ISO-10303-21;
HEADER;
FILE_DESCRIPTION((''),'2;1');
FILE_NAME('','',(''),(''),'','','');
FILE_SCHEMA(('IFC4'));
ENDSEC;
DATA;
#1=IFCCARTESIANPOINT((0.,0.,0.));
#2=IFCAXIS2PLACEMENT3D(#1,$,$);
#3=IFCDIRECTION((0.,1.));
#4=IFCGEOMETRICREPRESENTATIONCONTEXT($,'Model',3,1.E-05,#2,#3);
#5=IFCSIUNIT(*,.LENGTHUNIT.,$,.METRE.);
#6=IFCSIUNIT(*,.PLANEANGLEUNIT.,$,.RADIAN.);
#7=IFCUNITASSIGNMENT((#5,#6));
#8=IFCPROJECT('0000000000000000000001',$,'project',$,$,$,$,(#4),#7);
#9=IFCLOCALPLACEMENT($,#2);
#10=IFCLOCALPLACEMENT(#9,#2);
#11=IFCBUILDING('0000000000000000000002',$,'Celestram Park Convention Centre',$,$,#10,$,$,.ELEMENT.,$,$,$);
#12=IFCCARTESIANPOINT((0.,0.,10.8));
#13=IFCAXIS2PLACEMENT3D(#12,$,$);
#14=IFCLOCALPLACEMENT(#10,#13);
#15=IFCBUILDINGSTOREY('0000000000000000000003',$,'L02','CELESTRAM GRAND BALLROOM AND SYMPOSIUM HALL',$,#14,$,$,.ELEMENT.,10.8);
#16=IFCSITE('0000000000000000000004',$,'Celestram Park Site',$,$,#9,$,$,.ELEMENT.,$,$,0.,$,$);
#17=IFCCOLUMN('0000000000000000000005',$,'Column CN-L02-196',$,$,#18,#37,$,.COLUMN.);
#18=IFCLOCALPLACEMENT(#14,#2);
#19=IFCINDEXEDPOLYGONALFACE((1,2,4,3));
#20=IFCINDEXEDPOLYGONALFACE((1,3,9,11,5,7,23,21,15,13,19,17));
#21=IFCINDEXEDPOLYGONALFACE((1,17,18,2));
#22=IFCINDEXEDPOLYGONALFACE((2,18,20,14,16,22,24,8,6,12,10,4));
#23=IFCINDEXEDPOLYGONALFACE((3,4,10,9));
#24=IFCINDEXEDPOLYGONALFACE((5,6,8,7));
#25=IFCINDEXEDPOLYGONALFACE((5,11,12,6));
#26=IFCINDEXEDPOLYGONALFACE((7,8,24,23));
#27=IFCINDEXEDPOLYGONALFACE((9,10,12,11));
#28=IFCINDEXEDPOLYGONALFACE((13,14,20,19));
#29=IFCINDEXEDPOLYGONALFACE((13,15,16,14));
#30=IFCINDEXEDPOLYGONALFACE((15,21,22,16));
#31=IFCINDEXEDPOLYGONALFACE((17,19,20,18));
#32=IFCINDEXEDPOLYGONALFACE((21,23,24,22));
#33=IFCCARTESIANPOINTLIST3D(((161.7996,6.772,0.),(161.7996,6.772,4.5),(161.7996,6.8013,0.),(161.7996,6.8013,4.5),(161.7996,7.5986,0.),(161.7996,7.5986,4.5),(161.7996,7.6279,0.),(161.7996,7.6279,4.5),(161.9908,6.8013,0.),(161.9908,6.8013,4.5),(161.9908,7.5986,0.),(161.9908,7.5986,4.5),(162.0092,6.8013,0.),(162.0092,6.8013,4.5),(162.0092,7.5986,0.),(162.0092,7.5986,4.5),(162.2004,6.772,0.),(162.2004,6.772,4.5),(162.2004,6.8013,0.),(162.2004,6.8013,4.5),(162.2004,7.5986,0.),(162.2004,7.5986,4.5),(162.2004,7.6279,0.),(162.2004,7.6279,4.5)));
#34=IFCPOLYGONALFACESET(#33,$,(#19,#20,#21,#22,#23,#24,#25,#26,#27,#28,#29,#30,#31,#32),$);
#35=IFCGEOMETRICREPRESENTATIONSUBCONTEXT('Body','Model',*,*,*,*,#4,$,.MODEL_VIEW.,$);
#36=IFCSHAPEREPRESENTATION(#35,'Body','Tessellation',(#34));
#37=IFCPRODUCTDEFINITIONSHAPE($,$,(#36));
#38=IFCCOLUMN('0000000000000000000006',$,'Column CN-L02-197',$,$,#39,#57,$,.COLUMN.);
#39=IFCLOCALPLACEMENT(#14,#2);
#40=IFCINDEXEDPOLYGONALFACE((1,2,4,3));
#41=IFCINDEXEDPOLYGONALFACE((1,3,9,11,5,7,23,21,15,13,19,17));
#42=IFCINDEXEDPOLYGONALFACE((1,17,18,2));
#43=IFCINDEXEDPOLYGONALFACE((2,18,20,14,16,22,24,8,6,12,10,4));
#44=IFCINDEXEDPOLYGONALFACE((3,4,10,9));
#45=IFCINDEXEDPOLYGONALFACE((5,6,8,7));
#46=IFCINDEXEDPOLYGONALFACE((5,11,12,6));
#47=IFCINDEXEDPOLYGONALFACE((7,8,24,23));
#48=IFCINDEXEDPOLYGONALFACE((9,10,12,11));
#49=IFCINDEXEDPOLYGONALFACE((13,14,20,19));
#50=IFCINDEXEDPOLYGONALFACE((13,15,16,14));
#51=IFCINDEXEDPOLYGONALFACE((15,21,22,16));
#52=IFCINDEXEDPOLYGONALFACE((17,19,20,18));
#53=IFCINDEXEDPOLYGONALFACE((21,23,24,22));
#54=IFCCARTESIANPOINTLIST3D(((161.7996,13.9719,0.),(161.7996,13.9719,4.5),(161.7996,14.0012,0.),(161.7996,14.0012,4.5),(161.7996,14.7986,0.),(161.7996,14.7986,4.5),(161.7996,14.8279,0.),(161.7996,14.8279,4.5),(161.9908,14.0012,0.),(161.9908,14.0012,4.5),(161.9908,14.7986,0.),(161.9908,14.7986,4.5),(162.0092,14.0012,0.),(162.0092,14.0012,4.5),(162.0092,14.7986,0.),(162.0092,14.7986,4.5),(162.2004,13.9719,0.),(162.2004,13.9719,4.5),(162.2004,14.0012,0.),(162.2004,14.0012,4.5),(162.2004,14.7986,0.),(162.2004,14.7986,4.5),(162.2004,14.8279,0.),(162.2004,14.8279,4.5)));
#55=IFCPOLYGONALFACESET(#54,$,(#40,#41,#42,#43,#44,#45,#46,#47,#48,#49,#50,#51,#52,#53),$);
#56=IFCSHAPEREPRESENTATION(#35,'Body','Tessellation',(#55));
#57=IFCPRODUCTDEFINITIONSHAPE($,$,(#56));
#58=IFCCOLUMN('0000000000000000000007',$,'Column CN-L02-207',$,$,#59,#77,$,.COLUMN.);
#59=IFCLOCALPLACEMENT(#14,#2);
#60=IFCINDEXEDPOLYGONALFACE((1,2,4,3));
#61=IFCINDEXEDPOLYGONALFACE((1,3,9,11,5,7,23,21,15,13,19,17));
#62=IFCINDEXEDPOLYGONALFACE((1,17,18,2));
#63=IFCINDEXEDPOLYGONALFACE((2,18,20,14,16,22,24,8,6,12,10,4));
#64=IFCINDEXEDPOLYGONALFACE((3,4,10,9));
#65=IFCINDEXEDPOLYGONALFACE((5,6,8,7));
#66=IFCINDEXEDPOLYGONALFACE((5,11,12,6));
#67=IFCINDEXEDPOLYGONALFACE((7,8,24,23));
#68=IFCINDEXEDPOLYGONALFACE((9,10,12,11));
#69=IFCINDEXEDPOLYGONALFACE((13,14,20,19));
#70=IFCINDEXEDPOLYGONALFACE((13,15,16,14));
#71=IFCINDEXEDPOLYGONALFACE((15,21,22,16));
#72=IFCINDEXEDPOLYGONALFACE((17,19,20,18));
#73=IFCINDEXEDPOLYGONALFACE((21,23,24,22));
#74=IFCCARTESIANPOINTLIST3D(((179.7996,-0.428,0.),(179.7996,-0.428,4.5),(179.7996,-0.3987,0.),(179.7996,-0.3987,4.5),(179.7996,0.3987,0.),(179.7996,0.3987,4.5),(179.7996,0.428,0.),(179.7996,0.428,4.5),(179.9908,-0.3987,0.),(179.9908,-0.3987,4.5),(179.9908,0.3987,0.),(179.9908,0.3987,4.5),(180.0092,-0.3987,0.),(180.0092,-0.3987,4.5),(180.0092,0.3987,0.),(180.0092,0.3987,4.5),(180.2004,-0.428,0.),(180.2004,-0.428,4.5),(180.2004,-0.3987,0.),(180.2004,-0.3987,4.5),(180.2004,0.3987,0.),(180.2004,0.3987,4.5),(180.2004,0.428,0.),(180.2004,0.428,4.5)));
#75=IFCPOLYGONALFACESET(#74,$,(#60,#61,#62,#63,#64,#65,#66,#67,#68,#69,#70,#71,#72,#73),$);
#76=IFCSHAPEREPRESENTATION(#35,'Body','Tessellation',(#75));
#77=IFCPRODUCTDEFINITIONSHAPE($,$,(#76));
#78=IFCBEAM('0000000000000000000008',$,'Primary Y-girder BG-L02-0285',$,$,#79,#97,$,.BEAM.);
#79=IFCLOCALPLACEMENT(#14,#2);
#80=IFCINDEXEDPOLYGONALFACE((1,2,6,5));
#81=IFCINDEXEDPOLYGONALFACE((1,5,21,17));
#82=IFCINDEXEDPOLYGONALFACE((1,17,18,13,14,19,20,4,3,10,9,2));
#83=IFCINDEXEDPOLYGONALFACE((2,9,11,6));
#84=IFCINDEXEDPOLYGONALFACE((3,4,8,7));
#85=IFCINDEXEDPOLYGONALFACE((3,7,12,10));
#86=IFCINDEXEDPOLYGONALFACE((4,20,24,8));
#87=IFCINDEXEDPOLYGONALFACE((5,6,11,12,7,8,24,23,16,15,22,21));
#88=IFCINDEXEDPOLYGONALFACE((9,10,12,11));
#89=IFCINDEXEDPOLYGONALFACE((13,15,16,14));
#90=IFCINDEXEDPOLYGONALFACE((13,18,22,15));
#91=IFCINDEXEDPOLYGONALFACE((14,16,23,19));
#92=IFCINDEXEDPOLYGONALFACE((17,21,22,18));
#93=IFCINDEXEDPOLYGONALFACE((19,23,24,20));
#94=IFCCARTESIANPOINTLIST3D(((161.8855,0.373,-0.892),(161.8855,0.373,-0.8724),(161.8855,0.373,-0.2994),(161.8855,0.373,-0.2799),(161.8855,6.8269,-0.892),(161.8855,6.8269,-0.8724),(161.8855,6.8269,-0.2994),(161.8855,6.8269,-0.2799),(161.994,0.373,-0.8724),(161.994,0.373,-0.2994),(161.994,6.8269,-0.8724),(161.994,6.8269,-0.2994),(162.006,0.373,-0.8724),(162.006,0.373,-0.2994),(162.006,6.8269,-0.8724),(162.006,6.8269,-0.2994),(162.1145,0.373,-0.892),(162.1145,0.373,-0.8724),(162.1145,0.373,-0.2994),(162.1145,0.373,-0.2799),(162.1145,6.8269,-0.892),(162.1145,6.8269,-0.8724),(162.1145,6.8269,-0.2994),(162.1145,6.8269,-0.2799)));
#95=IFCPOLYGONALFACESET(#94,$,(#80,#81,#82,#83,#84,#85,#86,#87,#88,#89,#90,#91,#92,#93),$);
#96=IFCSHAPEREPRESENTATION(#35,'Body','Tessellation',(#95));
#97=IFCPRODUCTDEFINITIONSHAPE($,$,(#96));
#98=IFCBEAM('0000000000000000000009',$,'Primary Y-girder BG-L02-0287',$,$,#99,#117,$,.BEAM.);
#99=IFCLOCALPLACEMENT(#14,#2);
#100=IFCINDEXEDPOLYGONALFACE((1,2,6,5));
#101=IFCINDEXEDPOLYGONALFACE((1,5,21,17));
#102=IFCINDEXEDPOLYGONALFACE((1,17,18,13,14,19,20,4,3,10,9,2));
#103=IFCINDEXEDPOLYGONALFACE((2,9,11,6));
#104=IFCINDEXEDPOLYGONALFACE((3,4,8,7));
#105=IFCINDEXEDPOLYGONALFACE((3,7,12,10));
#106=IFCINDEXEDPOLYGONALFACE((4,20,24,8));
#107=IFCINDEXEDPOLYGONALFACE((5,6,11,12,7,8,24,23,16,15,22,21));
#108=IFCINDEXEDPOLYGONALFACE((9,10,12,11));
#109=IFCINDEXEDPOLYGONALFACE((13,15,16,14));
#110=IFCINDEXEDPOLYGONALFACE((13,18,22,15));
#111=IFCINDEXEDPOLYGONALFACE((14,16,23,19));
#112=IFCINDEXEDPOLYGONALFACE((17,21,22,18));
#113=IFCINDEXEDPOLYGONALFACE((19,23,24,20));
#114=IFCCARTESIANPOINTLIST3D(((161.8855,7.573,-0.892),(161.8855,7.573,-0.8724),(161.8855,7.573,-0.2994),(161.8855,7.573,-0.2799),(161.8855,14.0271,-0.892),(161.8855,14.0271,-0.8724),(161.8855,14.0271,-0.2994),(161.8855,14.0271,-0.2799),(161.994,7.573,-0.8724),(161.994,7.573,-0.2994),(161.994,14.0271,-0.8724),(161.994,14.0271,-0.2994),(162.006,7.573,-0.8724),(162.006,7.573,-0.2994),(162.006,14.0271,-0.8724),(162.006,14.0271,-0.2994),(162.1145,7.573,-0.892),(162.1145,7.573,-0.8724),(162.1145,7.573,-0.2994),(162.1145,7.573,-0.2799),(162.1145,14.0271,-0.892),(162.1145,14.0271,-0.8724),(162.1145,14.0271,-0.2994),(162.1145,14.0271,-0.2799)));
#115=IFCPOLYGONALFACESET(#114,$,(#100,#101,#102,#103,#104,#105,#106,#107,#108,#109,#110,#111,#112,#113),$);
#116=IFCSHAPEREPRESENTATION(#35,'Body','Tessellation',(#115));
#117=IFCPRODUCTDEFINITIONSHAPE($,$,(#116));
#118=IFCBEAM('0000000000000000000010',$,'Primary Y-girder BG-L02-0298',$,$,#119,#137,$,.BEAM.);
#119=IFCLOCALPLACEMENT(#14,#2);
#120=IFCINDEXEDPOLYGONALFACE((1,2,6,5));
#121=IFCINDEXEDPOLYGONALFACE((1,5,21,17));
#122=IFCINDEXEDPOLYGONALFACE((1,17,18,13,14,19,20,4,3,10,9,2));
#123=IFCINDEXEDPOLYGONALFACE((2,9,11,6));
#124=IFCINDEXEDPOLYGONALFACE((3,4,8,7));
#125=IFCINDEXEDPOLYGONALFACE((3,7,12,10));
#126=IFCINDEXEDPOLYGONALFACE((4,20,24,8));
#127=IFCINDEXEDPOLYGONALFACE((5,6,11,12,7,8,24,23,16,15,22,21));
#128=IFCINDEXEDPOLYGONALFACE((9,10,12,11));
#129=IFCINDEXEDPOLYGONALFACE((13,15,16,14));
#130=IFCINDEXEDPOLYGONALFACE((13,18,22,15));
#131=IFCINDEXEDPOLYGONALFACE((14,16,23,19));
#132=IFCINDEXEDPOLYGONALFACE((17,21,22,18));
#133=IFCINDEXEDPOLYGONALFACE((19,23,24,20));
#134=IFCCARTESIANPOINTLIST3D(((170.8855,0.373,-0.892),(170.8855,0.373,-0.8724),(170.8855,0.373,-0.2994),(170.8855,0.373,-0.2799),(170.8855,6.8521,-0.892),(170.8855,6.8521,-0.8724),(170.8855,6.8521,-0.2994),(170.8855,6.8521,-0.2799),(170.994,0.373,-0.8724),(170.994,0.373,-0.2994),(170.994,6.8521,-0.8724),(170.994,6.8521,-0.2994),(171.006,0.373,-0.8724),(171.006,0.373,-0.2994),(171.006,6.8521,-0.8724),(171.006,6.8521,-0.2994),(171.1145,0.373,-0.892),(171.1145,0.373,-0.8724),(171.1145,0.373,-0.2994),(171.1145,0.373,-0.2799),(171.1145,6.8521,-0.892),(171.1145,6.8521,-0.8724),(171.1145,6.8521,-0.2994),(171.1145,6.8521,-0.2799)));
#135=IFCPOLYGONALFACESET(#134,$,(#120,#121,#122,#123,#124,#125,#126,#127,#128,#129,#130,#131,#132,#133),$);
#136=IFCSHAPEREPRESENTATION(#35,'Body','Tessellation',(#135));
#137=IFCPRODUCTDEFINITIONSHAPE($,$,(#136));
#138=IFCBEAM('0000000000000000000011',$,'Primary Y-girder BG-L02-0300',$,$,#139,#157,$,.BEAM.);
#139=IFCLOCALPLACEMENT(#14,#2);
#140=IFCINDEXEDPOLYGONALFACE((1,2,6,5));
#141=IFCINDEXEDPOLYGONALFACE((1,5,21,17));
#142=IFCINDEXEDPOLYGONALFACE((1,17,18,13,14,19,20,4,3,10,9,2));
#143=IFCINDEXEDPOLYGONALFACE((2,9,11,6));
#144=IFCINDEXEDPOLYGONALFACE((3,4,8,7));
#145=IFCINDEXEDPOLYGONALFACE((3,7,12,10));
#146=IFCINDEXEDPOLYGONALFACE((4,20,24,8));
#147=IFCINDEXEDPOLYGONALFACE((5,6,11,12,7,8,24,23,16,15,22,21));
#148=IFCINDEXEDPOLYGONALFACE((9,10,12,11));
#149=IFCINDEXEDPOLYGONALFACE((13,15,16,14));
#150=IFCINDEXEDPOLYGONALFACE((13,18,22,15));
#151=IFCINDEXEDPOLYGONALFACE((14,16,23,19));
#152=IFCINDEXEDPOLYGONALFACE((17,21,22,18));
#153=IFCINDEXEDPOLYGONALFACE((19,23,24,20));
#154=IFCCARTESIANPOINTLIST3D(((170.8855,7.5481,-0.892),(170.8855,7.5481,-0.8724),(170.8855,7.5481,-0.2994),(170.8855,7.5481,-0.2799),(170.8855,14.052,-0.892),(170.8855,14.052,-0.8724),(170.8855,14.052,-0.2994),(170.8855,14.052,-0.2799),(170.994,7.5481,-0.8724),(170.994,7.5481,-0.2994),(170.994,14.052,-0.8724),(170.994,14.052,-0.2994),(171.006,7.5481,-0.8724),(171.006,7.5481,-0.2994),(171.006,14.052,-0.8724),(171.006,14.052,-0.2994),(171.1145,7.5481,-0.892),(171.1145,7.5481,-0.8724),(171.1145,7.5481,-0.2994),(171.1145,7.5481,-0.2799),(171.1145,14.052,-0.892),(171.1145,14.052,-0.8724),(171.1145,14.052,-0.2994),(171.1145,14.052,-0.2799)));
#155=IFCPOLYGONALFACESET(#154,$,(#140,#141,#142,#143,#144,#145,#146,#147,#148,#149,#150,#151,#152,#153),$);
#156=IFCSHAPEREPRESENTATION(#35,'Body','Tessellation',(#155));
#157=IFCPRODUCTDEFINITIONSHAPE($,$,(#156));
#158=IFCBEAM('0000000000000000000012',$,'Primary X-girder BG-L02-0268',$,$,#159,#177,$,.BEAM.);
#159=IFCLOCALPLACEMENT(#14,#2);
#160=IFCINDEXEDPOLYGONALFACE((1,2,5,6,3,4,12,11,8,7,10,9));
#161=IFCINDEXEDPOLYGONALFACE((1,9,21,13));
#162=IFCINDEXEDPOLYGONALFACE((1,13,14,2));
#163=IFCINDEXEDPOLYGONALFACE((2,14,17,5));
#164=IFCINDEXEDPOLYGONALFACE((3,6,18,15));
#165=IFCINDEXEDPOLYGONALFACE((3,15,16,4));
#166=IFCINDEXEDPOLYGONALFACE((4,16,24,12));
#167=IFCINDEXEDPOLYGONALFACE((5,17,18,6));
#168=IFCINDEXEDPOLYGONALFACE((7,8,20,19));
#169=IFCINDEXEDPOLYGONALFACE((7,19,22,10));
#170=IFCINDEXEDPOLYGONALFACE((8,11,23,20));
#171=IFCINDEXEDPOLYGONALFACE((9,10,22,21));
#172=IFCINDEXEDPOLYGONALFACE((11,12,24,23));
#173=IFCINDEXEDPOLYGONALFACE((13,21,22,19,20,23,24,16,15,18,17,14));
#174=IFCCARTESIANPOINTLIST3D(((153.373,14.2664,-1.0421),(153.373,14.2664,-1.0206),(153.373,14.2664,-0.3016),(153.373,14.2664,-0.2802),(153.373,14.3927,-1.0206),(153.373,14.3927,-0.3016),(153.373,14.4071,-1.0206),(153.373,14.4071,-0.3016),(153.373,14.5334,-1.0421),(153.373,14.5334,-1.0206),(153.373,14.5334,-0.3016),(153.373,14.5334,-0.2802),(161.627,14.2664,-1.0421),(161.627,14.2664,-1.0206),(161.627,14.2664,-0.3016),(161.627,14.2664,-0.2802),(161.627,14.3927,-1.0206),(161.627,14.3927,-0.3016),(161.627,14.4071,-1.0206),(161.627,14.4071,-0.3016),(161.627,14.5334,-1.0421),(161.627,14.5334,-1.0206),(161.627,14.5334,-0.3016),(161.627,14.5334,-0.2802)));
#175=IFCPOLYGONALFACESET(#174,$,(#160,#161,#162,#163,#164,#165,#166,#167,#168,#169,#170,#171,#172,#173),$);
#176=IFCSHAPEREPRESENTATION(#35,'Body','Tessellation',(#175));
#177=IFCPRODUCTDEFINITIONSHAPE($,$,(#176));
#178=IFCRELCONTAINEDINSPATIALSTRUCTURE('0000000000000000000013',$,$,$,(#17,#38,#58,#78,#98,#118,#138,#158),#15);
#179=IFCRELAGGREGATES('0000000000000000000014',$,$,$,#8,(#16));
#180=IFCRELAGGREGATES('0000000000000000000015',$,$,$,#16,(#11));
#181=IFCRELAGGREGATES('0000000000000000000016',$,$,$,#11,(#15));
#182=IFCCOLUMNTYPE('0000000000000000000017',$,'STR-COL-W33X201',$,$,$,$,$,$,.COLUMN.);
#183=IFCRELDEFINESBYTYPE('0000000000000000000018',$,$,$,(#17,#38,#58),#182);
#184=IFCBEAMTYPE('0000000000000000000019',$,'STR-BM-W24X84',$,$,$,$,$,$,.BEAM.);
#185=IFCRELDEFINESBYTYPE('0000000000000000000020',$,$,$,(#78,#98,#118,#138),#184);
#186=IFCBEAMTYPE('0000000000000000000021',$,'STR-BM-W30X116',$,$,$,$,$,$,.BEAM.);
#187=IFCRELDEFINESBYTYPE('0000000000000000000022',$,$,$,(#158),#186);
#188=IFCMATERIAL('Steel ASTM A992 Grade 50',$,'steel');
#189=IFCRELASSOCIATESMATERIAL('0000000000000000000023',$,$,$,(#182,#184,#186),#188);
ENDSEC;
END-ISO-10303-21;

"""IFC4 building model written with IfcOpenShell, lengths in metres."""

from ifc_helpers import new_model, si_unit, direction, frame, origin, origin_2d, place, context, subcontext, project, spatial, i_section, extrude, material, material_profile, profile_set, type_object, element, save


model = new_model("IFC4")

# Units and contexts
model_context = context("Model", 3, precision=1e-05, world=origin(), true_north=direction((0.0, 1.0)))
body_context = subcontext(model_context, "Body", "Model", "MODEL_VIEW")
ifc_project = project(units=[si_unit("LENGTHUNIT", "METRE"), si_unit("PLANEANGLEUNIT", "RADIAN")], contexts=[model_context])

# Site, building, storey
site_placement = place(None, origin())
site = spatial("IfcSite", under=ifc_project, at=site_placement, Name="Celestram Park Site", CompositionType="ELEMENT", RefElevation=0.0)
building_placement = place(site_placement, origin())
building = spatial("IfcBuilding", under=site, at=building_placement, Name="Celestram Park Convention Centre", CompositionType="ELEMENT")
storey_placement = place(building_placement, frame((0.0, 0.0, 10.8)))
storey = spatial("IfcBuildingStorey", under=building, at=storey_placement, Name="L02", Description="CELESTRAM GRAND BALLROOM AND SYMPOSIUM HALL", CompositionType="ELEMENT", Elevation=10.8)

# Columns
ifc_material_1 = material(Name="Steel ASTM A992 Grade 50", Category="steel")
ifc_material_profile_1 = material_profile(ifc_material_1, i_section(OverallWidth=0.4009, OverallDepth=0.856, WebThickness=0.0183, FlangeThickness=0.0293, at=origin_2d()), Name="W33X201")
ifc_profile_set_1 = profile_set([ifc_material_profile_1], Name="Steel ASTM A992 Grade 50")
column_type = type_object("IfcColumnType", Name="STR-COL-W33X201", PredefinedType="COLUMN", material=ifc_profile_set_1)
for number, where, z_axis, x_axis, name in (
    (1, (162.0, 7.2, 0.0), (0.0, 0.0, 1.0), (1.0, 0.0, 0.0), "Column CN-L02-196"),
    (2, (162.0, 14.3999, 0.0), (0.0, 0.0, 1.0), (1.0, 0.0, 0.0), "Column CN-L02-197"),
    (3, (180.0, 0.0, 0.0), (0.0, 0.0, 1.0), (1.0, 0.0, 0.0), "Column CN-L02-207"),
):
    element("IfcColumn", number, at=place(storey_placement, frame(where, z_axis=z_axis, x_axis=x_axis)), inside=storey, type_object=column_type, Name=name, PredefinedType="COLUMN", context=body_context, shape_type="SweptSolid", body=[
        extrude(i_section(OverallWidth=0.4009, OverallDepth=0.856, WebThickness=0.0183, FlangeThickness=0.0293, at=origin_2d()), origin(), (0.0, 0.0, 1.0), 4.5),
    ])

# Beams
ifc_material_profile_2 = material_profile(ifc_material_1, i_section(OverallWidth=0.229, OverallDepth=0.6121, WebThickness=0.012, FlangeThickness=0.0195, at=origin_2d()), Name="W24X84")
ifc_profile_set_2 = profile_set([ifc_material_profile_2], Name="Steel ASTM A992 Grade 50")
beam_type_1 = type_object("IfcBeamType", Name="STR-BM-W24X84", PredefinedType="BEAM", material=ifc_profile_set_2)
beam_1_placement = place(storey_placement, frame((162.0, 0.373, -0.5859), z_axis=(0.0, 1.0, 0.0), x_axis=(-1.0, 0.0, 0.0)))
element("IfcBeam", 4, at=beam_1_placement, inside=storey, type_object=beam_type_1, Name="Primary Y-girder BG-L02-0285", PredefinedType="BEAM", context=body_context, shape_type="SweptSolid", body=[
    extrude(i_section(OverallWidth=0.229, OverallDepth=0.6121, WebThickness=0.012, FlangeThickness=0.0195, at=origin_2d()), origin(), (0.0, 0.0, 1.0), 6.4539),
])
beam_2_placement = place(storey_placement, frame((162.0, 7.573, -0.5859), z_axis=(0.0, 1.0, 0.0), x_axis=(-1.0, 0.0, 0.0)))
element("IfcBeam", 5, at=beam_2_placement, inside=storey, type_object=beam_type_1, Name="Primary Y-girder BG-L02-0287", PredefinedType="BEAM", context=body_context, shape_type="SweptSolid", body=[
    extrude(i_section(OverallWidth=0.229, OverallDepth=0.6121, WebThickness=0.012, FlangeThickness=0.0195, at=origin_2d()), origin(), (0.0, 0.0, 1.0), 6.4541),
])
beam_3_placement = place(storey_placement, frame((171.0, 0.373, -0.5859), z_axis=(0.0, 1.0, 0.0), x_axis=(-1.0, 0.0, 0.0)))
element("IfcBeam", 6, at=beam_3_placement, inside=storey, type_object=beam_type_1, Name="Primary Y-girder BG-L02-0298", PredefinedType="BEAM", context=body_context, shape_type="SweptSolid", body=[
    extrude(i_section(OverallWidth=0.229, OverallDepth=0.6121, WebThickness=0.012, FlangeThickness=0.0195, at=origin_2d()), origin(), (0.0, 0.0, 1.0), 6.479),
])
beam_4_placement = place(storey_placement, frame((171.0, 7.5481, -0.5859), z_axis=(0.0, 1.0, 0.0), x_axis=(-1.0, 0.0, 0.0)))
element("IfcBeam", 7, at=beam_4_placement, inside=storey, type_object=beam_type_1, Name="Primary Y-girder BG-L02-0300", PredefinedType="BEAM", context=body_context, shape_type="SweptSolid", body=[
    extrude(i_section(OverallWidth=0.229, OverallDepth=0.6121, WebThickness=0.012, FlangeThickness=0.0195, at=origin_2d()), origin(), (0.0, 0.0, 1.0), 6.5039),
])
ifc_material_profile_3 = material_profile(ifc_material_1, i_section(OverallWidth=0.2671, OverallDepth=0.762, WebThickness=0.0144, FlangeThickness=0.0215, at=origin_2d()), Name="W30X116")
ifc_profile_set_3 = profile_set([ifc_material_profile_3], Name="Steel ASTM A992 Grade 50")
beam_type_2 = type_object("IfcBeamType", Name="STR-BM-W30X116", PredefinedType="BEAM", material=ifc_profile_set_3)
beam_5_placement = place(storey_placement, frame((153.373, 14.3999, -0.6611), z_axis=(1.0, 0.0, 0.0), x_axis=(0.0, 1.0, 0.0)))
element("IfcBeam", 8, at=beam_5_placement, inside=storey, type_object=beam_type_2, Name="Primary X-girder BG-L02-0268", PredefinedType="BEAM", context=body_context, shape_type="SweptSolid", body=[
    extrude(i_section(OverallWidth=0.2671, OverallDepth=0.762, WebThickness=0.0144, FlangeThickness=0.0215, at=origin_2d()), origin(), (0.0, 0.0, 1.0), 8.2539),
])

save(model, "model.ifc")
